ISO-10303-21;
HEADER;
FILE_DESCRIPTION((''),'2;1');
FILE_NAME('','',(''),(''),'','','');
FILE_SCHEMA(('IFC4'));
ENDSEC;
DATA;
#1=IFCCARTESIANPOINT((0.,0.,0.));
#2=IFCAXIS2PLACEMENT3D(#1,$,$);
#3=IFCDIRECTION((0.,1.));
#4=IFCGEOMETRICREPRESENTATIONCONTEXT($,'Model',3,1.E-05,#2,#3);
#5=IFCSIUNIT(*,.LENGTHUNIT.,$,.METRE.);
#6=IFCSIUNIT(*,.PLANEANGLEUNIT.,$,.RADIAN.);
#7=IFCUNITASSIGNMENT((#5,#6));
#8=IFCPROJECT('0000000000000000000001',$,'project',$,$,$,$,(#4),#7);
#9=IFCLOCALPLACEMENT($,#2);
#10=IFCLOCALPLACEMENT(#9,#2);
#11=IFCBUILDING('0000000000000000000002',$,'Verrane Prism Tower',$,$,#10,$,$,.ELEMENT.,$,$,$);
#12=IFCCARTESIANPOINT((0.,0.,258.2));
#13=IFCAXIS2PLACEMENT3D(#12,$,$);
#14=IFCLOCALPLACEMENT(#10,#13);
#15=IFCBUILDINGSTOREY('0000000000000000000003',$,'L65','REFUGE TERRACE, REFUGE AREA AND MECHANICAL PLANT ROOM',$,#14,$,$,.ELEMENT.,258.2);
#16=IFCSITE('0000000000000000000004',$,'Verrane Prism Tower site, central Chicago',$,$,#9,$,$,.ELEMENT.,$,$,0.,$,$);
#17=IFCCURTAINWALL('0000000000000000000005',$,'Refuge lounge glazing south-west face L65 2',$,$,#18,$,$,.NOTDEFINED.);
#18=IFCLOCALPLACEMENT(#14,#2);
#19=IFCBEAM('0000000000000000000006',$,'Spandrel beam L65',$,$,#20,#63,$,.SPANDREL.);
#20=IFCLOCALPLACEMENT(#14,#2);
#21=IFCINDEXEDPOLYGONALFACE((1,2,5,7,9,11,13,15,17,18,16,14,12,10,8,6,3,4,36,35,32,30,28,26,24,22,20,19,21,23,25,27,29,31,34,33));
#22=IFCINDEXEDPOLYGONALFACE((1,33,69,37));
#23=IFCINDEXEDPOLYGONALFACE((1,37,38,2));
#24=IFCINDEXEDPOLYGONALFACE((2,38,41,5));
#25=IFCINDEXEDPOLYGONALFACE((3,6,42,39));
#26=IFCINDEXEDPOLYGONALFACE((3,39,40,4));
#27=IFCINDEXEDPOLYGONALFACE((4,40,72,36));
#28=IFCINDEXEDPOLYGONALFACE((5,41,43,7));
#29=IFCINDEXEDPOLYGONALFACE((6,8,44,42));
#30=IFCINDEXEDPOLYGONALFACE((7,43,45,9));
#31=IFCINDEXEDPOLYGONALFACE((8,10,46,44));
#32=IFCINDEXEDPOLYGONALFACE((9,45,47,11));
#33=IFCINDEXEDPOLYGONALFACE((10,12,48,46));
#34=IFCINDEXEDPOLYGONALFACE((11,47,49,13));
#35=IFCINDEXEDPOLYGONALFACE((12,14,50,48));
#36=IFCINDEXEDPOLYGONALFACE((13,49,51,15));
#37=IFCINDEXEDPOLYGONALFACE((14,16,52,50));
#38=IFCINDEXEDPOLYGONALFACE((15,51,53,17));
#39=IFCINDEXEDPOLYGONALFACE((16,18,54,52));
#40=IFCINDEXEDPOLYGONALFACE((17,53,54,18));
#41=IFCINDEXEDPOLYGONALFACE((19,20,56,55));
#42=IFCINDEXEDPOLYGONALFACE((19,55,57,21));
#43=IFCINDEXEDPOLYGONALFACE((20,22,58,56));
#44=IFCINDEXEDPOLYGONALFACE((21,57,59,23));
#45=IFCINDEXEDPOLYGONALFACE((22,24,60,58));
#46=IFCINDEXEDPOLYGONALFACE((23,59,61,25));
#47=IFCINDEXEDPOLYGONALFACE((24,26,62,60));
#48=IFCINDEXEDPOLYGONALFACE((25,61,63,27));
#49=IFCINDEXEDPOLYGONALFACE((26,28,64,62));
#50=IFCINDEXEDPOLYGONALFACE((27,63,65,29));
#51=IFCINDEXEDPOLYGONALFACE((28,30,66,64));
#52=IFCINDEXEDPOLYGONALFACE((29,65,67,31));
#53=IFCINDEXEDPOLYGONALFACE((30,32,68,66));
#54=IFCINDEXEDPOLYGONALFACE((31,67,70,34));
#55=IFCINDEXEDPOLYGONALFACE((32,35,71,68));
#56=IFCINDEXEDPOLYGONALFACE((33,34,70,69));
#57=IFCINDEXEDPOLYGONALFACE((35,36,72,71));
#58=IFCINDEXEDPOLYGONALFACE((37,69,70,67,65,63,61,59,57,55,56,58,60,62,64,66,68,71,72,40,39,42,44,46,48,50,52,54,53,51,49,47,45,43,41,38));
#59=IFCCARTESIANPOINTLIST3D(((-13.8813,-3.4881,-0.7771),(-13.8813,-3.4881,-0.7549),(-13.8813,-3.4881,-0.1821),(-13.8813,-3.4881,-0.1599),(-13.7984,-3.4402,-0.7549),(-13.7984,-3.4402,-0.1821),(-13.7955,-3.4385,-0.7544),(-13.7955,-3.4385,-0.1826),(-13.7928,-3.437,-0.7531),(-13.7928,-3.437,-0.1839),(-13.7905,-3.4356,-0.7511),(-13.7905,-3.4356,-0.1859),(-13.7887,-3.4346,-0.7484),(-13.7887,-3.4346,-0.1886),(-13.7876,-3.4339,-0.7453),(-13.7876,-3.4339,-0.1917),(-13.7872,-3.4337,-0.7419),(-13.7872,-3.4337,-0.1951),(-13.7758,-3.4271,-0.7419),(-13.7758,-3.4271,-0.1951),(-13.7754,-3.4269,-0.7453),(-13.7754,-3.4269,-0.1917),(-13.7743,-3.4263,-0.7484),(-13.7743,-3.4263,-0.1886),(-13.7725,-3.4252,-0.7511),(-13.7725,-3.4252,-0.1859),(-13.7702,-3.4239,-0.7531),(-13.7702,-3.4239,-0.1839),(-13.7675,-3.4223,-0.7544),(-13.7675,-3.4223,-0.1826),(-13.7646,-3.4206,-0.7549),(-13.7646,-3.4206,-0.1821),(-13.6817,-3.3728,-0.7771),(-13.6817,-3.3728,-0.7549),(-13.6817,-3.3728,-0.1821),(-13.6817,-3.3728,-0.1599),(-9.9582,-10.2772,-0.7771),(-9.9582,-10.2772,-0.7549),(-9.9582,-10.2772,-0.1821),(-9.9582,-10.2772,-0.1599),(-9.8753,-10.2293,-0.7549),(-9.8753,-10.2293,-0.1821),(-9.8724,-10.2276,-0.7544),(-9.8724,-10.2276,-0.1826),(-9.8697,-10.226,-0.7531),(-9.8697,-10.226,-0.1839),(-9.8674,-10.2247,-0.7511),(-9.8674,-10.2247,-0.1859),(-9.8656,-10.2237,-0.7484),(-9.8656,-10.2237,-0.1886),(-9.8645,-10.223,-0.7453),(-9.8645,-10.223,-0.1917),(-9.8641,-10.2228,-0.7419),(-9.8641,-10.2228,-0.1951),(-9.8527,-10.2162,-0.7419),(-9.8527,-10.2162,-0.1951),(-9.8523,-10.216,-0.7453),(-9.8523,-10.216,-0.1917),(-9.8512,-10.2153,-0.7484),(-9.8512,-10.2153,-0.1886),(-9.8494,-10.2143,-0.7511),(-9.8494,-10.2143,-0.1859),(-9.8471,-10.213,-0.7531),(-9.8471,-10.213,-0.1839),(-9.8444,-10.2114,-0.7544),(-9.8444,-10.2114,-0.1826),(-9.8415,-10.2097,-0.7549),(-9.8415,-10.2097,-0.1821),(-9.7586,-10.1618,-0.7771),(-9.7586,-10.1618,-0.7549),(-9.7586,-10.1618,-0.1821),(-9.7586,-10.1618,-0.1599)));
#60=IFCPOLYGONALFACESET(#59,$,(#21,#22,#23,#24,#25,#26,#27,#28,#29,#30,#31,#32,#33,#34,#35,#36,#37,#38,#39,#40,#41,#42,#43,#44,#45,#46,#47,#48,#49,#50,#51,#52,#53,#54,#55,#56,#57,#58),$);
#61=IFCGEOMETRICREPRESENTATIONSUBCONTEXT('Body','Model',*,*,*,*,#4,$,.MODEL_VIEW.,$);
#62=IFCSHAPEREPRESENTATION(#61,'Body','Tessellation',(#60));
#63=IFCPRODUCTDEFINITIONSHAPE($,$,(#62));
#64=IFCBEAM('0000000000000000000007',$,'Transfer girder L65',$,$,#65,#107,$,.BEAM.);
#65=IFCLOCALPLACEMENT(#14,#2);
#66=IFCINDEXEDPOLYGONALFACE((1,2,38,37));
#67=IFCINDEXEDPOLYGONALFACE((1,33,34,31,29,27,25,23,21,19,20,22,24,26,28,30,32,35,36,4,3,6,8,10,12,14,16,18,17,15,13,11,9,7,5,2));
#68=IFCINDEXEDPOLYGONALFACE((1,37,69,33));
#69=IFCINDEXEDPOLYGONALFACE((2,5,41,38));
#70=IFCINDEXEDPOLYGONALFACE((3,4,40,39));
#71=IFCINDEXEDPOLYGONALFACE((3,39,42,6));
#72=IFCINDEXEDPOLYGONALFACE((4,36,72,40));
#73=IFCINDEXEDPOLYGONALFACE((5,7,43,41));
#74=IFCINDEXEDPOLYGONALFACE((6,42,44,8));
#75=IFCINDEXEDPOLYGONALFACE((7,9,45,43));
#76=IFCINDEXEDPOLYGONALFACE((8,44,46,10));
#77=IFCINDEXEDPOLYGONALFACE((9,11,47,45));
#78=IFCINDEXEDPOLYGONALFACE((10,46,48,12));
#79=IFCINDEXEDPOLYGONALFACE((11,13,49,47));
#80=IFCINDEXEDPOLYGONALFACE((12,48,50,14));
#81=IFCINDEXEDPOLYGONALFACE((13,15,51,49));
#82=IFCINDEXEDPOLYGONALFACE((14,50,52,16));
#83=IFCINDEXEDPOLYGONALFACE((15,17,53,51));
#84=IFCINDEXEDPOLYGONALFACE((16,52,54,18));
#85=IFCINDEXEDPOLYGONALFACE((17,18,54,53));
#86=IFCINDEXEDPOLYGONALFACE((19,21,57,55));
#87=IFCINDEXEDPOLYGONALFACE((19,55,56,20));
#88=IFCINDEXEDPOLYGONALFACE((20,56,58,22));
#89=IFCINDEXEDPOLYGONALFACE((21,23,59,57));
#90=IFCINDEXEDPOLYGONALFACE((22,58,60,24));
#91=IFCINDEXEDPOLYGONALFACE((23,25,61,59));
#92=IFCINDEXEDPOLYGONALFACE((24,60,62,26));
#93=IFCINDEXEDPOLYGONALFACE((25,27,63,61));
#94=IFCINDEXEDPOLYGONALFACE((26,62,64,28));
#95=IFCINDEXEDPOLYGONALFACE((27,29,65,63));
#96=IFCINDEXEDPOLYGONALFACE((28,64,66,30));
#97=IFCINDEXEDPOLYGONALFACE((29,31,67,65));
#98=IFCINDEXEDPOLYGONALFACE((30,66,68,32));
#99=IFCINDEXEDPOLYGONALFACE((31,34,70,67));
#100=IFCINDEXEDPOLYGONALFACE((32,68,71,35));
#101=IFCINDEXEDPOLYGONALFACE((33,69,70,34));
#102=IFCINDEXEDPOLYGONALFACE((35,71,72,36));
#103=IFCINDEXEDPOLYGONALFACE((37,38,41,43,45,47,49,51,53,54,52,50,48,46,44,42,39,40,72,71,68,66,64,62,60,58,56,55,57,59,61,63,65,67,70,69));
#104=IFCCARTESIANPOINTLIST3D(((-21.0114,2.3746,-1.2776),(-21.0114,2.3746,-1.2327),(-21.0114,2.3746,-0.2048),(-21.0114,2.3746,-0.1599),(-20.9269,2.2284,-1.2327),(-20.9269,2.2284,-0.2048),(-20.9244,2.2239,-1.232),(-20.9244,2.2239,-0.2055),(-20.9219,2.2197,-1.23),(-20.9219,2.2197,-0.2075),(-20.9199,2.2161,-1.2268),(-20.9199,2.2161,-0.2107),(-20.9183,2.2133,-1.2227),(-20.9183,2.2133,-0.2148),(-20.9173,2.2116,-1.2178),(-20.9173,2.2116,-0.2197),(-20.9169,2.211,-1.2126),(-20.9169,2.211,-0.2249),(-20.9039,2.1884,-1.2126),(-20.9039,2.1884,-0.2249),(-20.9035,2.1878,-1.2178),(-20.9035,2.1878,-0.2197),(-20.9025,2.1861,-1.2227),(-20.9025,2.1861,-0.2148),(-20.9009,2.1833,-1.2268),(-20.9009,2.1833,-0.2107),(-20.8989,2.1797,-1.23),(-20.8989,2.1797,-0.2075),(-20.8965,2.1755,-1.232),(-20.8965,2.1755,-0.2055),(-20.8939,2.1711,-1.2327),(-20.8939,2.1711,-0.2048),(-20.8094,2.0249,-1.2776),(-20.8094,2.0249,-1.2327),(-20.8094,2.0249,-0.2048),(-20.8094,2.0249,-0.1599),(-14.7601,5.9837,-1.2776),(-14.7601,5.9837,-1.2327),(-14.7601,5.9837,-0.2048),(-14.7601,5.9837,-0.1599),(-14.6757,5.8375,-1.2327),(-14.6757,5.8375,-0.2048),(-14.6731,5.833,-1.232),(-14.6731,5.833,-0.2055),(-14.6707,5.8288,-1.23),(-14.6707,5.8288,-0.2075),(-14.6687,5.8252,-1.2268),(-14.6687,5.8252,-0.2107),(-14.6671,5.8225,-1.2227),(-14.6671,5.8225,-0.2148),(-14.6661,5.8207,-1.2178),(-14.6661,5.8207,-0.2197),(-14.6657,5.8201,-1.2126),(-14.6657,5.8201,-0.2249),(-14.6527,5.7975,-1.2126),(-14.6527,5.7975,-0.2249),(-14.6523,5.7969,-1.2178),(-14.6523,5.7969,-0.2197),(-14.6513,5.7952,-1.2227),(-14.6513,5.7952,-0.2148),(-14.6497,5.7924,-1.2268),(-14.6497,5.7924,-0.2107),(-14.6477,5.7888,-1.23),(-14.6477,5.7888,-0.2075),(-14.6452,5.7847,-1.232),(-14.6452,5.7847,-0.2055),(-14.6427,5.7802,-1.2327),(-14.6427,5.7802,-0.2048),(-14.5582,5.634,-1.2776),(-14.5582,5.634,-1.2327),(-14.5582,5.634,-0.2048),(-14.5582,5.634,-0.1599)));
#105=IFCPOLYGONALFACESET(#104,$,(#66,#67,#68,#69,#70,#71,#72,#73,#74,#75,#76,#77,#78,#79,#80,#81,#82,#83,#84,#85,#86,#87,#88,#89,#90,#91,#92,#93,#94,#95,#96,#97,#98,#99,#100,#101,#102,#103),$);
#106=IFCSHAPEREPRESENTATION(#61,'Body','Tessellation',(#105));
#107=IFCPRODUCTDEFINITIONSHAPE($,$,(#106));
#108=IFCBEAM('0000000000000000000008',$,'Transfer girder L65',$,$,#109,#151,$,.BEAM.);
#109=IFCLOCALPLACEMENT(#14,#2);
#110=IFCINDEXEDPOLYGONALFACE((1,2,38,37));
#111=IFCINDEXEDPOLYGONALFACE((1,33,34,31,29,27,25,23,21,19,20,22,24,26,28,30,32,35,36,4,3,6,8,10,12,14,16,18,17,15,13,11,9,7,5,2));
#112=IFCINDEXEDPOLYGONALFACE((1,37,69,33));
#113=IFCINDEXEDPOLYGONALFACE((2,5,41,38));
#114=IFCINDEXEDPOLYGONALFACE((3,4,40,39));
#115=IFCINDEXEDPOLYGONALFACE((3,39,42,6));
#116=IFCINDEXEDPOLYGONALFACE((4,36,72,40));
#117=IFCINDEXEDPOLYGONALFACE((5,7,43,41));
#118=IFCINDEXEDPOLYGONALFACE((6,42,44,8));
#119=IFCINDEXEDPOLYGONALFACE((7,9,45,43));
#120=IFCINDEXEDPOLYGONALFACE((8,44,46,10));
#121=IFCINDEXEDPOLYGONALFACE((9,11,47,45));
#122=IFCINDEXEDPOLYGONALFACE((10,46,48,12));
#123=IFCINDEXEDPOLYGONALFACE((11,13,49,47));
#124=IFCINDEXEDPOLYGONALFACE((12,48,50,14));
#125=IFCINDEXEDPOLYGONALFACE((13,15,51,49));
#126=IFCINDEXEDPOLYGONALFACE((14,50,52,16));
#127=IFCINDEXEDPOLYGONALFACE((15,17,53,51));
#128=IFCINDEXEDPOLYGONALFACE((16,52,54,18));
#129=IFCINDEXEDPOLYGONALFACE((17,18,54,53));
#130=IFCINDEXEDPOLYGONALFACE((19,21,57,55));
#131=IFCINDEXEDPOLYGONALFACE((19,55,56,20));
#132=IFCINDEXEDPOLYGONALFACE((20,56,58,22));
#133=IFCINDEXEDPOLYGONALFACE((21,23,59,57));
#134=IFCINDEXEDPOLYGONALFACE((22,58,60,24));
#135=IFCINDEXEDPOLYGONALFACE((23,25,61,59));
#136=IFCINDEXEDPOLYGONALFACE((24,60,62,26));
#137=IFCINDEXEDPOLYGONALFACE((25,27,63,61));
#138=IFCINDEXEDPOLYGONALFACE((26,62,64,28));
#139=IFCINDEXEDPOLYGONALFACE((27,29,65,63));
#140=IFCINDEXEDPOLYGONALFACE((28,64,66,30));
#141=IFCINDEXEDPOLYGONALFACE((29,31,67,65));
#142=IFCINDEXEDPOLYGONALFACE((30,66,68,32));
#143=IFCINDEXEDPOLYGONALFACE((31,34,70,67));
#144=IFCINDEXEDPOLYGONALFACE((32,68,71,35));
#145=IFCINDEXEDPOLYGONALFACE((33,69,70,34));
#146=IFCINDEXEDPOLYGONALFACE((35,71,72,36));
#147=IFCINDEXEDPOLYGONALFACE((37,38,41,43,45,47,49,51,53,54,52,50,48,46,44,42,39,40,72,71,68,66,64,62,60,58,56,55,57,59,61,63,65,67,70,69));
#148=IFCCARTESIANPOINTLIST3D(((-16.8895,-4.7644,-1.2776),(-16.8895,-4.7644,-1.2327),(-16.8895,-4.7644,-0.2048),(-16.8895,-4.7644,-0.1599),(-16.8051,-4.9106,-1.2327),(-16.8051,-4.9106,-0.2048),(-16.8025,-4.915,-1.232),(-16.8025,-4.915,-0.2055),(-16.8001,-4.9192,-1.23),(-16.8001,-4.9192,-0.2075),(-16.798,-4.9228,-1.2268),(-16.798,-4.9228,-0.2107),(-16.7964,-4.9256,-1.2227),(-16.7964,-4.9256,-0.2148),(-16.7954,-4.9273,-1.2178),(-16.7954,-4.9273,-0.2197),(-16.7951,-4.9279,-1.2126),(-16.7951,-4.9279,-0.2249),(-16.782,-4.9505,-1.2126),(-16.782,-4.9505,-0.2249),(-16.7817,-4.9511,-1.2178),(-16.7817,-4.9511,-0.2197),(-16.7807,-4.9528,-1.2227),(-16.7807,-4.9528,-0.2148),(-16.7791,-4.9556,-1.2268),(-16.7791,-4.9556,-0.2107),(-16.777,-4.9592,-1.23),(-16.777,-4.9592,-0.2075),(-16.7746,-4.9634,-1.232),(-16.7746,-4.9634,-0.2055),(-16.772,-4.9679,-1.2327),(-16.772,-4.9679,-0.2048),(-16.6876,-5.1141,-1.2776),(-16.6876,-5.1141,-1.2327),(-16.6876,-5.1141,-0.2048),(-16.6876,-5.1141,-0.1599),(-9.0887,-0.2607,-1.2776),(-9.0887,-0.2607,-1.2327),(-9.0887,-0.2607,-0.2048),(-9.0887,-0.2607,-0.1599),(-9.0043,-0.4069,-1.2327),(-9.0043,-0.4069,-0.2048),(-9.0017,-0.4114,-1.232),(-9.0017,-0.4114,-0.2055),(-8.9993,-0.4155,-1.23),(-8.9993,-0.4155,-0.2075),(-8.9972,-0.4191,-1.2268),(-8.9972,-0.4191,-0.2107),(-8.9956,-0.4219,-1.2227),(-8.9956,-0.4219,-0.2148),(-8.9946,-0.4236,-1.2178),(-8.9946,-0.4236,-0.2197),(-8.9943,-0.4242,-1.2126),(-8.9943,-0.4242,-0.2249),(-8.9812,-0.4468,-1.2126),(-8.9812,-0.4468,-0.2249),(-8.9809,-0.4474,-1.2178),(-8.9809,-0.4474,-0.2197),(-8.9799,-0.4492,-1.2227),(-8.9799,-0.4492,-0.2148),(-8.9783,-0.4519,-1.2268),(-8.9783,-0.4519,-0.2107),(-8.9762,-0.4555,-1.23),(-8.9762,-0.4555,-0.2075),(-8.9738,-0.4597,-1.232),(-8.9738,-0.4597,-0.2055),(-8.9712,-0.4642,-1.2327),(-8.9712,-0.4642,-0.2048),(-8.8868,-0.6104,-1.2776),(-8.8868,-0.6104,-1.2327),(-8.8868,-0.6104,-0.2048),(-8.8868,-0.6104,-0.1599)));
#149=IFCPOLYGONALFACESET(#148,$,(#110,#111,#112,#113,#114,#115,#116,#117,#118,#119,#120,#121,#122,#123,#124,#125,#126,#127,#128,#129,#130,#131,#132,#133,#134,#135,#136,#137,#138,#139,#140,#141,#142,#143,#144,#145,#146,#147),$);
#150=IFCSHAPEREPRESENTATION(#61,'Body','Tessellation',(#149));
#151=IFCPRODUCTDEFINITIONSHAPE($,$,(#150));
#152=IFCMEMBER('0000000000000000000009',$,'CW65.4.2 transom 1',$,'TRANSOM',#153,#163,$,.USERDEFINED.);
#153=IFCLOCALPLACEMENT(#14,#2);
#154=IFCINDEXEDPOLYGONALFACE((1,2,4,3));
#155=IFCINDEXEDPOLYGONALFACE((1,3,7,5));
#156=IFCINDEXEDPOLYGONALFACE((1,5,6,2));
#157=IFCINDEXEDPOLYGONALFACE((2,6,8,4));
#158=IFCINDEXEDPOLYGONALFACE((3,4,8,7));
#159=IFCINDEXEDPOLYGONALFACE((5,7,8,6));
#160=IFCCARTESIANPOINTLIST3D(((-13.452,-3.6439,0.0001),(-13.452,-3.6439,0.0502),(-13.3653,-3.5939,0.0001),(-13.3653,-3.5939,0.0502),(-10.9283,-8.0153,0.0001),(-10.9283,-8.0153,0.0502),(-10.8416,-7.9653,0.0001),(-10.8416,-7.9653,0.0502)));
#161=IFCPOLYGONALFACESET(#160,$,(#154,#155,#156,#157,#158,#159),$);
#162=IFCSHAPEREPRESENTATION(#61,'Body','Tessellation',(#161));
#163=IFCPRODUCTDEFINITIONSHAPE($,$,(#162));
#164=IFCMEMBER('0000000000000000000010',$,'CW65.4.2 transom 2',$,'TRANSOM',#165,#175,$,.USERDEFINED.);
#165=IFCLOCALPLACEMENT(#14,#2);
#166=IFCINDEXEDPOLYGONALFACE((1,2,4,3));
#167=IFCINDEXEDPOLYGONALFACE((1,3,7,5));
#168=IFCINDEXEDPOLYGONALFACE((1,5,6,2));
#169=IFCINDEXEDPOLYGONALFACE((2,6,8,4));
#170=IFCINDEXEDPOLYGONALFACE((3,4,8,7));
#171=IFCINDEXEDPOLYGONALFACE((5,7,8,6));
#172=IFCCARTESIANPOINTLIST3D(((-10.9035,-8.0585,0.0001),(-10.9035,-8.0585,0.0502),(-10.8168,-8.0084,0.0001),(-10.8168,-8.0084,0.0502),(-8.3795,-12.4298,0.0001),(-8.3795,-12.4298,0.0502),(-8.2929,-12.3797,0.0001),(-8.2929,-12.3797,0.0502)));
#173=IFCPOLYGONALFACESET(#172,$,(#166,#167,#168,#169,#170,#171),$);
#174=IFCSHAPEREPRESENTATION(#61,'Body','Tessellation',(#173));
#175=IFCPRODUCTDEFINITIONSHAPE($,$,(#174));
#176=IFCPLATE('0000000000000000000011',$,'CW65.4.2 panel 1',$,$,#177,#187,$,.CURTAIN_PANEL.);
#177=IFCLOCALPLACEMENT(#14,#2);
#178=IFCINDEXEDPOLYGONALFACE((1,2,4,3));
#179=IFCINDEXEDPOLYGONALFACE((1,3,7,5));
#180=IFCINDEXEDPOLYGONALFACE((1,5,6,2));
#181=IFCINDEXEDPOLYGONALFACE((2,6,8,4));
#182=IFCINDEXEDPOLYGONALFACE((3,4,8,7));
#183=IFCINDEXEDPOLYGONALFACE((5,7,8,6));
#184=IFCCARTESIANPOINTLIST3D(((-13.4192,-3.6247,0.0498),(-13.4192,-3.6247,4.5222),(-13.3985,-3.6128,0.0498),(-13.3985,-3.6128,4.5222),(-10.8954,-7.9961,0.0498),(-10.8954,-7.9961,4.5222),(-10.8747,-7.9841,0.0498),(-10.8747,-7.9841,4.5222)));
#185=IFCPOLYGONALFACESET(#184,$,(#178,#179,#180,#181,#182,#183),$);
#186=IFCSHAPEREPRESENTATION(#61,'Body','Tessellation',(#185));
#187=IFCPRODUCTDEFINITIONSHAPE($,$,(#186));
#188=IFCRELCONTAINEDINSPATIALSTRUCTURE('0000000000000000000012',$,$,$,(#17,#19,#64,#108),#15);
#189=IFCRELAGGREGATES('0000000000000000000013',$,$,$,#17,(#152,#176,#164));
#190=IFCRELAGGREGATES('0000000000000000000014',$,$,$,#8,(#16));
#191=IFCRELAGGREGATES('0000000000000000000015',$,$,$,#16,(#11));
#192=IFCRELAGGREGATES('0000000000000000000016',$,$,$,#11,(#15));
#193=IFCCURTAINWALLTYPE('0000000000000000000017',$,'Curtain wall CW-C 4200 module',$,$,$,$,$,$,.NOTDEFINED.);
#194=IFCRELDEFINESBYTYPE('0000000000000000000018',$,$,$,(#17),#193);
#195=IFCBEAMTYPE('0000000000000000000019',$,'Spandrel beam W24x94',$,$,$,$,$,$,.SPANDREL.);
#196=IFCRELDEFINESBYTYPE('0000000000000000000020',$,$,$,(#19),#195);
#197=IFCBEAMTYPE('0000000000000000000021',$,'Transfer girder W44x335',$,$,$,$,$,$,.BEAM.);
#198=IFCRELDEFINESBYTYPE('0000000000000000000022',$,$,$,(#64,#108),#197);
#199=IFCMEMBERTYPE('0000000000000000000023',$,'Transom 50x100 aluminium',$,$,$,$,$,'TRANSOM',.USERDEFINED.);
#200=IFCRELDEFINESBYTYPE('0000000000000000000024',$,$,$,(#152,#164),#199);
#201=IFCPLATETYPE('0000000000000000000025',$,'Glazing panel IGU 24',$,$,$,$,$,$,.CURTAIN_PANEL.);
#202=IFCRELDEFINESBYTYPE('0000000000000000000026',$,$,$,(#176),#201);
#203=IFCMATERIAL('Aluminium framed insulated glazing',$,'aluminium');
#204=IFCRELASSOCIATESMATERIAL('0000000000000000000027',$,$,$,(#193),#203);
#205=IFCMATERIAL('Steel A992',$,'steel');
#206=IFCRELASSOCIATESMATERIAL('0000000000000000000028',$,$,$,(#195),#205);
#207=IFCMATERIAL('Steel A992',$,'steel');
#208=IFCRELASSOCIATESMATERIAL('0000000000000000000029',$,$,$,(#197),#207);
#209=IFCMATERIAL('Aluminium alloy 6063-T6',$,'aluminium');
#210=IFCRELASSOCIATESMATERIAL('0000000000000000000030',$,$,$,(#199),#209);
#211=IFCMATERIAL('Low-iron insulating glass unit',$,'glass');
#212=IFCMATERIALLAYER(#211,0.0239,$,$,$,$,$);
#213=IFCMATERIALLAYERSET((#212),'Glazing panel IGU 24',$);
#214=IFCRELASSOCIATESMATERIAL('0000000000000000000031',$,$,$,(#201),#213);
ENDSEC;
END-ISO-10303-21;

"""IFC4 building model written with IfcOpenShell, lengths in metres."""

from ifc_helpers import new_model, si_unit, direction, frame, origin, origin_2d, place, context, subcontext, project, spatial, rectangle, i_section, extrude, material, layer, layer_set, material_profile, profile_set, type_object, element, aggregate, save


model = new_model("IFC4")

# Units and contexts
model_context = context("Model", 3, precision=1e-05, world=origin(), true_north=direction((0.0, 1.0)))
body_context = subcontext(model_context, "Body", "Model", "MODEL_VIEW")
ifc_project = project(units=[si_unit("LENGTHUNIT", "METRE"), si_unit("PLANEANGLEUNIT", "RADIAN")], contexts=[model_context])

# Site, building, storey
site_placement = place(None, origin())
site = spatial("IfcSite", under=ifc_project, at=site_placement, Name="Verrane Prism Tower site, central Chicago", CompositionType="ELEMENT", RefElevation=0.0)
building_placement = place(site_placement, origin())
building = spatial("IfcBuilding", under=site, at=building_placement, Name="Verrane Prism Tower", CompositionType="ELEMENT")
storey_placement = place(building_placement, frame((0.0, 0.0, 258.2)))
storey = spatial("IfcBuildingStorey", under=building, at=storey_placement, Name="L65", Description="REFUGE TERRACE, REFUGE AREA AND MECHANICAL PLANT ROOM", CompositionType="ELEMENT", Elevation=258.2)

# Shared definitions
ifc_material_1 = material(Name="Aluminium framed insulated glazing", Category="aluminium")
curtain_wall_type = type_object("IfcCurtainWallType", Name="Curtain wall CW-C 4200 module", PredefinedType="NOTDEFINED", material=ifc_material_1)

# Curtain wall
curtain_wall_1_placement = place(storey_placement, origin())
curtain_wall_1 = element("IfcCurtainWall", 1, at=curtain_wall_1_placement, inside=storey, type_object=curtain_wall_type, Name="Refuge lounge glazing south-west face L65 2", PredefinedType="NOTDEFINED")

# Beams
ifc_material_2 = material(Name="Steel A992", Category="steel")
ifc_material_profile_1 = material_profile(ifc_material_2, i_section(OverallWidth=0.2305, OverallDepth=0.6172, WebThickness=0.0132, FlangeThickness=0.0222, FilletRadius=0.0129, at=origin_2d()), Name="W24x94")
ifc_profile_set_1 = profile_set([ifc_material_profile_1], Name="Steel A992")
beam_type_1 = type_object("IfcBeamType", Name="Spandrel beam W24x94", PredefinedType="SPANDREL", material=ifc_profile_set_1)
beam_1_placement = place(storey_placement, frame((-13.7815, -3.4304, -0.4685), z_axis=(0.500328, -0.865836, 0.0), x_axis=(0.865836, 0.500328, 0.0)))
element("IfcBeam", 2, at=beam_1_placement, inside=storey, type_object=beam_type_1, Name="Spandrel beam L65", PredefinedType="SPANDREL", context=body_context, shape_type="SweptSolid", body=[
    extrude(i_section(OverallWidth=0.2305, OverallDepth=0.6172, WebThickness=0.0132, FlangeThickness=0.0222, FilletRadius=0.0129, at=origin_2d()), origin(), (0.0, 0.0, 1.0), 7.8411),
])
ifc_material_3 = material(Name="Steel A992", Category="steel")
ifc_material_profile_2 = material_profile(ifc_material_3, i_section(OverallWidth=0.4038, OverallDepth=1.1177, WebThickness=0.0261, FlangeThickness=0.0449, FilletRadius=0.02, at=origin_2d()), Name="W44x335")
ifc_profile_set_2 = profile_set([ifc_material_profile_2], Name="Steel A992")
beam_type_2 = type_object("IfcBeamType", Name="Transfer girder W44x335", PredefinedType="BEAM", material=ifc_profile_set_2)
beam_2_placement = place(storey_placement, frame((-20.9104, 2.1997, -0.7188), z_axis=(0.866026, 0.499999, 0.0), x_axis=(-0.499999, 0.866026, 0.0)))
element("IfcBeam", 3, at=beam_2_placement, inside=storey, type_object=beam_type_2, Name="Transfer girder L65", PredefinedType="BEAM", context=body_context, shape_type="SweptSolid", body=[
    extrude(i_section(OverallWidth=0.4038, OverallDepth=1.1177, WebThickness=0.0261, FlangeThickness=0.0449, FilletRadius=0.02, at=origin_2d()), origin(), (0.0, 0.0, 1.0), 7.2183),
])
beam_3_placement = place(storey_placement, frame((-16.7886, -4.9392, -0.7188), z_axis=(0.866031, 0.49999, 0.0), x_axis=(-0.49999, 0.866031, 0.0)))
element("IfcBeam", 4, at=beam_3_placement, inside=storey, type_object=beam_type_2, Name="Transfer girder L65", PredefinedType="BEAM", context=body_context, shape_type="SweptSolid", body=[
    extrude(i_section(OverallWidth=0.4038, OverallDepth=1.1177, WebThickness=0.0261, FlangeThickness=0.0449, FilletRadius=0.02, at=origin_2d()), origin(), (0.0, 0.0, 1.0), 9.0076),
])

# Members
ifc_material_4 = material(Name="Aluminium alloy 6063-T6", Category="aluminium")
ifc_material_profile_3 = material_profile(ifc_material_4, rectangle(XDim=0.1001, YDim=0.05, at=origin_2d()), Name="Transom 50x100 aluminium")
ifc_profile_set_3 = profile_set([ifc_material_profile_3], Name="Aluminium alloy 6063-T6")
member_type_1 = type_object("IfcMemberType", Name="Transom 50x100 aluminium", ElementType="TRANSOM", PredefinedType="USERDEFINED", material=ifc_profile_set_3)
member_1_placement = place(storey_placement, frame((-13.4087, -3.6189, 0.0251), z_axis=(0.499983, -0.866035, 0.0), x_axis=(0.866035, 0.499983, 0.0)))
member_1 = element("IfcMember", 5, at=member_1_placement, type_object=member_type_1, Name="CW65.4.2 transom 1", ObjectType="TRANSOM", PredefinedType="USERDEFINED", context=body_context, shape_type="SweptSolid", body=[
    extrude(rectangle(XDim=0.1001, YDim=0.05, at=origin_2d()), origin(), (0.0, 0.0, 1.0), 5.0476),
])
member_2_placement = place(storey_placement, frame((-10.8601, -8.0334, 0.0251), z_axis=(0.50002, -0.866014, 0.0), x_axis=(0.866014, 0.50002, 0.0)))
member_2 = element("IfcMember", 6, at=member_2_placement, type_object=member_type_1, Name="CW65.4.2 transom 2", ObjectType="TRANSOM", PredefinedType="USERDEFINED", context=body_context, shape_type="SweptSolid", body=[
    extrude(rectangle(XDim=0.1001, YDim=0.05, at=origin_2d()), origin(), (0.0, 0.0, 1.0), 5.0476),
])

# Plate
ifc_material_5 = material(Name="Low-iron insulating glass unit", Category="glass")
ifc_layer_1 = layer(ifc_material_5, 0.0239)
ifc_layer_set_1 = layer_set([ifc_layer_1], Name="Glazing panel IGU 24")
plate_type = type_object("IfcPlateType", Name="Glazing panel IGU 24", PredefinedType="CURTAIN_PANEL", material=ifc_layer_set_1)
plate_placement = place(storey_placement, frame((-12.147, -5.8044, 0.0498), z_axis=(0.0, 0.0, 1.0), x_axis=(0.500001, -0.866025, 0.0)))
plate = element("IfcPlate", 7, at=plate_placement, type_object=plate_type, Name="CW65.4.2 panel 1", PredefinedType="CURTAIN_PANEL", context=body_context, shape_type="SweptSolid", body=[
    extrude(rectangle(XDim=5.0476, YDim=0.0239, at=origin_2d()), origin(), (0.0, 0.0, 1.0), 4.4724),
])
aggregate(curtain_wall_1, [member_1, plate, member_2])

save(model, "model.ifc")
